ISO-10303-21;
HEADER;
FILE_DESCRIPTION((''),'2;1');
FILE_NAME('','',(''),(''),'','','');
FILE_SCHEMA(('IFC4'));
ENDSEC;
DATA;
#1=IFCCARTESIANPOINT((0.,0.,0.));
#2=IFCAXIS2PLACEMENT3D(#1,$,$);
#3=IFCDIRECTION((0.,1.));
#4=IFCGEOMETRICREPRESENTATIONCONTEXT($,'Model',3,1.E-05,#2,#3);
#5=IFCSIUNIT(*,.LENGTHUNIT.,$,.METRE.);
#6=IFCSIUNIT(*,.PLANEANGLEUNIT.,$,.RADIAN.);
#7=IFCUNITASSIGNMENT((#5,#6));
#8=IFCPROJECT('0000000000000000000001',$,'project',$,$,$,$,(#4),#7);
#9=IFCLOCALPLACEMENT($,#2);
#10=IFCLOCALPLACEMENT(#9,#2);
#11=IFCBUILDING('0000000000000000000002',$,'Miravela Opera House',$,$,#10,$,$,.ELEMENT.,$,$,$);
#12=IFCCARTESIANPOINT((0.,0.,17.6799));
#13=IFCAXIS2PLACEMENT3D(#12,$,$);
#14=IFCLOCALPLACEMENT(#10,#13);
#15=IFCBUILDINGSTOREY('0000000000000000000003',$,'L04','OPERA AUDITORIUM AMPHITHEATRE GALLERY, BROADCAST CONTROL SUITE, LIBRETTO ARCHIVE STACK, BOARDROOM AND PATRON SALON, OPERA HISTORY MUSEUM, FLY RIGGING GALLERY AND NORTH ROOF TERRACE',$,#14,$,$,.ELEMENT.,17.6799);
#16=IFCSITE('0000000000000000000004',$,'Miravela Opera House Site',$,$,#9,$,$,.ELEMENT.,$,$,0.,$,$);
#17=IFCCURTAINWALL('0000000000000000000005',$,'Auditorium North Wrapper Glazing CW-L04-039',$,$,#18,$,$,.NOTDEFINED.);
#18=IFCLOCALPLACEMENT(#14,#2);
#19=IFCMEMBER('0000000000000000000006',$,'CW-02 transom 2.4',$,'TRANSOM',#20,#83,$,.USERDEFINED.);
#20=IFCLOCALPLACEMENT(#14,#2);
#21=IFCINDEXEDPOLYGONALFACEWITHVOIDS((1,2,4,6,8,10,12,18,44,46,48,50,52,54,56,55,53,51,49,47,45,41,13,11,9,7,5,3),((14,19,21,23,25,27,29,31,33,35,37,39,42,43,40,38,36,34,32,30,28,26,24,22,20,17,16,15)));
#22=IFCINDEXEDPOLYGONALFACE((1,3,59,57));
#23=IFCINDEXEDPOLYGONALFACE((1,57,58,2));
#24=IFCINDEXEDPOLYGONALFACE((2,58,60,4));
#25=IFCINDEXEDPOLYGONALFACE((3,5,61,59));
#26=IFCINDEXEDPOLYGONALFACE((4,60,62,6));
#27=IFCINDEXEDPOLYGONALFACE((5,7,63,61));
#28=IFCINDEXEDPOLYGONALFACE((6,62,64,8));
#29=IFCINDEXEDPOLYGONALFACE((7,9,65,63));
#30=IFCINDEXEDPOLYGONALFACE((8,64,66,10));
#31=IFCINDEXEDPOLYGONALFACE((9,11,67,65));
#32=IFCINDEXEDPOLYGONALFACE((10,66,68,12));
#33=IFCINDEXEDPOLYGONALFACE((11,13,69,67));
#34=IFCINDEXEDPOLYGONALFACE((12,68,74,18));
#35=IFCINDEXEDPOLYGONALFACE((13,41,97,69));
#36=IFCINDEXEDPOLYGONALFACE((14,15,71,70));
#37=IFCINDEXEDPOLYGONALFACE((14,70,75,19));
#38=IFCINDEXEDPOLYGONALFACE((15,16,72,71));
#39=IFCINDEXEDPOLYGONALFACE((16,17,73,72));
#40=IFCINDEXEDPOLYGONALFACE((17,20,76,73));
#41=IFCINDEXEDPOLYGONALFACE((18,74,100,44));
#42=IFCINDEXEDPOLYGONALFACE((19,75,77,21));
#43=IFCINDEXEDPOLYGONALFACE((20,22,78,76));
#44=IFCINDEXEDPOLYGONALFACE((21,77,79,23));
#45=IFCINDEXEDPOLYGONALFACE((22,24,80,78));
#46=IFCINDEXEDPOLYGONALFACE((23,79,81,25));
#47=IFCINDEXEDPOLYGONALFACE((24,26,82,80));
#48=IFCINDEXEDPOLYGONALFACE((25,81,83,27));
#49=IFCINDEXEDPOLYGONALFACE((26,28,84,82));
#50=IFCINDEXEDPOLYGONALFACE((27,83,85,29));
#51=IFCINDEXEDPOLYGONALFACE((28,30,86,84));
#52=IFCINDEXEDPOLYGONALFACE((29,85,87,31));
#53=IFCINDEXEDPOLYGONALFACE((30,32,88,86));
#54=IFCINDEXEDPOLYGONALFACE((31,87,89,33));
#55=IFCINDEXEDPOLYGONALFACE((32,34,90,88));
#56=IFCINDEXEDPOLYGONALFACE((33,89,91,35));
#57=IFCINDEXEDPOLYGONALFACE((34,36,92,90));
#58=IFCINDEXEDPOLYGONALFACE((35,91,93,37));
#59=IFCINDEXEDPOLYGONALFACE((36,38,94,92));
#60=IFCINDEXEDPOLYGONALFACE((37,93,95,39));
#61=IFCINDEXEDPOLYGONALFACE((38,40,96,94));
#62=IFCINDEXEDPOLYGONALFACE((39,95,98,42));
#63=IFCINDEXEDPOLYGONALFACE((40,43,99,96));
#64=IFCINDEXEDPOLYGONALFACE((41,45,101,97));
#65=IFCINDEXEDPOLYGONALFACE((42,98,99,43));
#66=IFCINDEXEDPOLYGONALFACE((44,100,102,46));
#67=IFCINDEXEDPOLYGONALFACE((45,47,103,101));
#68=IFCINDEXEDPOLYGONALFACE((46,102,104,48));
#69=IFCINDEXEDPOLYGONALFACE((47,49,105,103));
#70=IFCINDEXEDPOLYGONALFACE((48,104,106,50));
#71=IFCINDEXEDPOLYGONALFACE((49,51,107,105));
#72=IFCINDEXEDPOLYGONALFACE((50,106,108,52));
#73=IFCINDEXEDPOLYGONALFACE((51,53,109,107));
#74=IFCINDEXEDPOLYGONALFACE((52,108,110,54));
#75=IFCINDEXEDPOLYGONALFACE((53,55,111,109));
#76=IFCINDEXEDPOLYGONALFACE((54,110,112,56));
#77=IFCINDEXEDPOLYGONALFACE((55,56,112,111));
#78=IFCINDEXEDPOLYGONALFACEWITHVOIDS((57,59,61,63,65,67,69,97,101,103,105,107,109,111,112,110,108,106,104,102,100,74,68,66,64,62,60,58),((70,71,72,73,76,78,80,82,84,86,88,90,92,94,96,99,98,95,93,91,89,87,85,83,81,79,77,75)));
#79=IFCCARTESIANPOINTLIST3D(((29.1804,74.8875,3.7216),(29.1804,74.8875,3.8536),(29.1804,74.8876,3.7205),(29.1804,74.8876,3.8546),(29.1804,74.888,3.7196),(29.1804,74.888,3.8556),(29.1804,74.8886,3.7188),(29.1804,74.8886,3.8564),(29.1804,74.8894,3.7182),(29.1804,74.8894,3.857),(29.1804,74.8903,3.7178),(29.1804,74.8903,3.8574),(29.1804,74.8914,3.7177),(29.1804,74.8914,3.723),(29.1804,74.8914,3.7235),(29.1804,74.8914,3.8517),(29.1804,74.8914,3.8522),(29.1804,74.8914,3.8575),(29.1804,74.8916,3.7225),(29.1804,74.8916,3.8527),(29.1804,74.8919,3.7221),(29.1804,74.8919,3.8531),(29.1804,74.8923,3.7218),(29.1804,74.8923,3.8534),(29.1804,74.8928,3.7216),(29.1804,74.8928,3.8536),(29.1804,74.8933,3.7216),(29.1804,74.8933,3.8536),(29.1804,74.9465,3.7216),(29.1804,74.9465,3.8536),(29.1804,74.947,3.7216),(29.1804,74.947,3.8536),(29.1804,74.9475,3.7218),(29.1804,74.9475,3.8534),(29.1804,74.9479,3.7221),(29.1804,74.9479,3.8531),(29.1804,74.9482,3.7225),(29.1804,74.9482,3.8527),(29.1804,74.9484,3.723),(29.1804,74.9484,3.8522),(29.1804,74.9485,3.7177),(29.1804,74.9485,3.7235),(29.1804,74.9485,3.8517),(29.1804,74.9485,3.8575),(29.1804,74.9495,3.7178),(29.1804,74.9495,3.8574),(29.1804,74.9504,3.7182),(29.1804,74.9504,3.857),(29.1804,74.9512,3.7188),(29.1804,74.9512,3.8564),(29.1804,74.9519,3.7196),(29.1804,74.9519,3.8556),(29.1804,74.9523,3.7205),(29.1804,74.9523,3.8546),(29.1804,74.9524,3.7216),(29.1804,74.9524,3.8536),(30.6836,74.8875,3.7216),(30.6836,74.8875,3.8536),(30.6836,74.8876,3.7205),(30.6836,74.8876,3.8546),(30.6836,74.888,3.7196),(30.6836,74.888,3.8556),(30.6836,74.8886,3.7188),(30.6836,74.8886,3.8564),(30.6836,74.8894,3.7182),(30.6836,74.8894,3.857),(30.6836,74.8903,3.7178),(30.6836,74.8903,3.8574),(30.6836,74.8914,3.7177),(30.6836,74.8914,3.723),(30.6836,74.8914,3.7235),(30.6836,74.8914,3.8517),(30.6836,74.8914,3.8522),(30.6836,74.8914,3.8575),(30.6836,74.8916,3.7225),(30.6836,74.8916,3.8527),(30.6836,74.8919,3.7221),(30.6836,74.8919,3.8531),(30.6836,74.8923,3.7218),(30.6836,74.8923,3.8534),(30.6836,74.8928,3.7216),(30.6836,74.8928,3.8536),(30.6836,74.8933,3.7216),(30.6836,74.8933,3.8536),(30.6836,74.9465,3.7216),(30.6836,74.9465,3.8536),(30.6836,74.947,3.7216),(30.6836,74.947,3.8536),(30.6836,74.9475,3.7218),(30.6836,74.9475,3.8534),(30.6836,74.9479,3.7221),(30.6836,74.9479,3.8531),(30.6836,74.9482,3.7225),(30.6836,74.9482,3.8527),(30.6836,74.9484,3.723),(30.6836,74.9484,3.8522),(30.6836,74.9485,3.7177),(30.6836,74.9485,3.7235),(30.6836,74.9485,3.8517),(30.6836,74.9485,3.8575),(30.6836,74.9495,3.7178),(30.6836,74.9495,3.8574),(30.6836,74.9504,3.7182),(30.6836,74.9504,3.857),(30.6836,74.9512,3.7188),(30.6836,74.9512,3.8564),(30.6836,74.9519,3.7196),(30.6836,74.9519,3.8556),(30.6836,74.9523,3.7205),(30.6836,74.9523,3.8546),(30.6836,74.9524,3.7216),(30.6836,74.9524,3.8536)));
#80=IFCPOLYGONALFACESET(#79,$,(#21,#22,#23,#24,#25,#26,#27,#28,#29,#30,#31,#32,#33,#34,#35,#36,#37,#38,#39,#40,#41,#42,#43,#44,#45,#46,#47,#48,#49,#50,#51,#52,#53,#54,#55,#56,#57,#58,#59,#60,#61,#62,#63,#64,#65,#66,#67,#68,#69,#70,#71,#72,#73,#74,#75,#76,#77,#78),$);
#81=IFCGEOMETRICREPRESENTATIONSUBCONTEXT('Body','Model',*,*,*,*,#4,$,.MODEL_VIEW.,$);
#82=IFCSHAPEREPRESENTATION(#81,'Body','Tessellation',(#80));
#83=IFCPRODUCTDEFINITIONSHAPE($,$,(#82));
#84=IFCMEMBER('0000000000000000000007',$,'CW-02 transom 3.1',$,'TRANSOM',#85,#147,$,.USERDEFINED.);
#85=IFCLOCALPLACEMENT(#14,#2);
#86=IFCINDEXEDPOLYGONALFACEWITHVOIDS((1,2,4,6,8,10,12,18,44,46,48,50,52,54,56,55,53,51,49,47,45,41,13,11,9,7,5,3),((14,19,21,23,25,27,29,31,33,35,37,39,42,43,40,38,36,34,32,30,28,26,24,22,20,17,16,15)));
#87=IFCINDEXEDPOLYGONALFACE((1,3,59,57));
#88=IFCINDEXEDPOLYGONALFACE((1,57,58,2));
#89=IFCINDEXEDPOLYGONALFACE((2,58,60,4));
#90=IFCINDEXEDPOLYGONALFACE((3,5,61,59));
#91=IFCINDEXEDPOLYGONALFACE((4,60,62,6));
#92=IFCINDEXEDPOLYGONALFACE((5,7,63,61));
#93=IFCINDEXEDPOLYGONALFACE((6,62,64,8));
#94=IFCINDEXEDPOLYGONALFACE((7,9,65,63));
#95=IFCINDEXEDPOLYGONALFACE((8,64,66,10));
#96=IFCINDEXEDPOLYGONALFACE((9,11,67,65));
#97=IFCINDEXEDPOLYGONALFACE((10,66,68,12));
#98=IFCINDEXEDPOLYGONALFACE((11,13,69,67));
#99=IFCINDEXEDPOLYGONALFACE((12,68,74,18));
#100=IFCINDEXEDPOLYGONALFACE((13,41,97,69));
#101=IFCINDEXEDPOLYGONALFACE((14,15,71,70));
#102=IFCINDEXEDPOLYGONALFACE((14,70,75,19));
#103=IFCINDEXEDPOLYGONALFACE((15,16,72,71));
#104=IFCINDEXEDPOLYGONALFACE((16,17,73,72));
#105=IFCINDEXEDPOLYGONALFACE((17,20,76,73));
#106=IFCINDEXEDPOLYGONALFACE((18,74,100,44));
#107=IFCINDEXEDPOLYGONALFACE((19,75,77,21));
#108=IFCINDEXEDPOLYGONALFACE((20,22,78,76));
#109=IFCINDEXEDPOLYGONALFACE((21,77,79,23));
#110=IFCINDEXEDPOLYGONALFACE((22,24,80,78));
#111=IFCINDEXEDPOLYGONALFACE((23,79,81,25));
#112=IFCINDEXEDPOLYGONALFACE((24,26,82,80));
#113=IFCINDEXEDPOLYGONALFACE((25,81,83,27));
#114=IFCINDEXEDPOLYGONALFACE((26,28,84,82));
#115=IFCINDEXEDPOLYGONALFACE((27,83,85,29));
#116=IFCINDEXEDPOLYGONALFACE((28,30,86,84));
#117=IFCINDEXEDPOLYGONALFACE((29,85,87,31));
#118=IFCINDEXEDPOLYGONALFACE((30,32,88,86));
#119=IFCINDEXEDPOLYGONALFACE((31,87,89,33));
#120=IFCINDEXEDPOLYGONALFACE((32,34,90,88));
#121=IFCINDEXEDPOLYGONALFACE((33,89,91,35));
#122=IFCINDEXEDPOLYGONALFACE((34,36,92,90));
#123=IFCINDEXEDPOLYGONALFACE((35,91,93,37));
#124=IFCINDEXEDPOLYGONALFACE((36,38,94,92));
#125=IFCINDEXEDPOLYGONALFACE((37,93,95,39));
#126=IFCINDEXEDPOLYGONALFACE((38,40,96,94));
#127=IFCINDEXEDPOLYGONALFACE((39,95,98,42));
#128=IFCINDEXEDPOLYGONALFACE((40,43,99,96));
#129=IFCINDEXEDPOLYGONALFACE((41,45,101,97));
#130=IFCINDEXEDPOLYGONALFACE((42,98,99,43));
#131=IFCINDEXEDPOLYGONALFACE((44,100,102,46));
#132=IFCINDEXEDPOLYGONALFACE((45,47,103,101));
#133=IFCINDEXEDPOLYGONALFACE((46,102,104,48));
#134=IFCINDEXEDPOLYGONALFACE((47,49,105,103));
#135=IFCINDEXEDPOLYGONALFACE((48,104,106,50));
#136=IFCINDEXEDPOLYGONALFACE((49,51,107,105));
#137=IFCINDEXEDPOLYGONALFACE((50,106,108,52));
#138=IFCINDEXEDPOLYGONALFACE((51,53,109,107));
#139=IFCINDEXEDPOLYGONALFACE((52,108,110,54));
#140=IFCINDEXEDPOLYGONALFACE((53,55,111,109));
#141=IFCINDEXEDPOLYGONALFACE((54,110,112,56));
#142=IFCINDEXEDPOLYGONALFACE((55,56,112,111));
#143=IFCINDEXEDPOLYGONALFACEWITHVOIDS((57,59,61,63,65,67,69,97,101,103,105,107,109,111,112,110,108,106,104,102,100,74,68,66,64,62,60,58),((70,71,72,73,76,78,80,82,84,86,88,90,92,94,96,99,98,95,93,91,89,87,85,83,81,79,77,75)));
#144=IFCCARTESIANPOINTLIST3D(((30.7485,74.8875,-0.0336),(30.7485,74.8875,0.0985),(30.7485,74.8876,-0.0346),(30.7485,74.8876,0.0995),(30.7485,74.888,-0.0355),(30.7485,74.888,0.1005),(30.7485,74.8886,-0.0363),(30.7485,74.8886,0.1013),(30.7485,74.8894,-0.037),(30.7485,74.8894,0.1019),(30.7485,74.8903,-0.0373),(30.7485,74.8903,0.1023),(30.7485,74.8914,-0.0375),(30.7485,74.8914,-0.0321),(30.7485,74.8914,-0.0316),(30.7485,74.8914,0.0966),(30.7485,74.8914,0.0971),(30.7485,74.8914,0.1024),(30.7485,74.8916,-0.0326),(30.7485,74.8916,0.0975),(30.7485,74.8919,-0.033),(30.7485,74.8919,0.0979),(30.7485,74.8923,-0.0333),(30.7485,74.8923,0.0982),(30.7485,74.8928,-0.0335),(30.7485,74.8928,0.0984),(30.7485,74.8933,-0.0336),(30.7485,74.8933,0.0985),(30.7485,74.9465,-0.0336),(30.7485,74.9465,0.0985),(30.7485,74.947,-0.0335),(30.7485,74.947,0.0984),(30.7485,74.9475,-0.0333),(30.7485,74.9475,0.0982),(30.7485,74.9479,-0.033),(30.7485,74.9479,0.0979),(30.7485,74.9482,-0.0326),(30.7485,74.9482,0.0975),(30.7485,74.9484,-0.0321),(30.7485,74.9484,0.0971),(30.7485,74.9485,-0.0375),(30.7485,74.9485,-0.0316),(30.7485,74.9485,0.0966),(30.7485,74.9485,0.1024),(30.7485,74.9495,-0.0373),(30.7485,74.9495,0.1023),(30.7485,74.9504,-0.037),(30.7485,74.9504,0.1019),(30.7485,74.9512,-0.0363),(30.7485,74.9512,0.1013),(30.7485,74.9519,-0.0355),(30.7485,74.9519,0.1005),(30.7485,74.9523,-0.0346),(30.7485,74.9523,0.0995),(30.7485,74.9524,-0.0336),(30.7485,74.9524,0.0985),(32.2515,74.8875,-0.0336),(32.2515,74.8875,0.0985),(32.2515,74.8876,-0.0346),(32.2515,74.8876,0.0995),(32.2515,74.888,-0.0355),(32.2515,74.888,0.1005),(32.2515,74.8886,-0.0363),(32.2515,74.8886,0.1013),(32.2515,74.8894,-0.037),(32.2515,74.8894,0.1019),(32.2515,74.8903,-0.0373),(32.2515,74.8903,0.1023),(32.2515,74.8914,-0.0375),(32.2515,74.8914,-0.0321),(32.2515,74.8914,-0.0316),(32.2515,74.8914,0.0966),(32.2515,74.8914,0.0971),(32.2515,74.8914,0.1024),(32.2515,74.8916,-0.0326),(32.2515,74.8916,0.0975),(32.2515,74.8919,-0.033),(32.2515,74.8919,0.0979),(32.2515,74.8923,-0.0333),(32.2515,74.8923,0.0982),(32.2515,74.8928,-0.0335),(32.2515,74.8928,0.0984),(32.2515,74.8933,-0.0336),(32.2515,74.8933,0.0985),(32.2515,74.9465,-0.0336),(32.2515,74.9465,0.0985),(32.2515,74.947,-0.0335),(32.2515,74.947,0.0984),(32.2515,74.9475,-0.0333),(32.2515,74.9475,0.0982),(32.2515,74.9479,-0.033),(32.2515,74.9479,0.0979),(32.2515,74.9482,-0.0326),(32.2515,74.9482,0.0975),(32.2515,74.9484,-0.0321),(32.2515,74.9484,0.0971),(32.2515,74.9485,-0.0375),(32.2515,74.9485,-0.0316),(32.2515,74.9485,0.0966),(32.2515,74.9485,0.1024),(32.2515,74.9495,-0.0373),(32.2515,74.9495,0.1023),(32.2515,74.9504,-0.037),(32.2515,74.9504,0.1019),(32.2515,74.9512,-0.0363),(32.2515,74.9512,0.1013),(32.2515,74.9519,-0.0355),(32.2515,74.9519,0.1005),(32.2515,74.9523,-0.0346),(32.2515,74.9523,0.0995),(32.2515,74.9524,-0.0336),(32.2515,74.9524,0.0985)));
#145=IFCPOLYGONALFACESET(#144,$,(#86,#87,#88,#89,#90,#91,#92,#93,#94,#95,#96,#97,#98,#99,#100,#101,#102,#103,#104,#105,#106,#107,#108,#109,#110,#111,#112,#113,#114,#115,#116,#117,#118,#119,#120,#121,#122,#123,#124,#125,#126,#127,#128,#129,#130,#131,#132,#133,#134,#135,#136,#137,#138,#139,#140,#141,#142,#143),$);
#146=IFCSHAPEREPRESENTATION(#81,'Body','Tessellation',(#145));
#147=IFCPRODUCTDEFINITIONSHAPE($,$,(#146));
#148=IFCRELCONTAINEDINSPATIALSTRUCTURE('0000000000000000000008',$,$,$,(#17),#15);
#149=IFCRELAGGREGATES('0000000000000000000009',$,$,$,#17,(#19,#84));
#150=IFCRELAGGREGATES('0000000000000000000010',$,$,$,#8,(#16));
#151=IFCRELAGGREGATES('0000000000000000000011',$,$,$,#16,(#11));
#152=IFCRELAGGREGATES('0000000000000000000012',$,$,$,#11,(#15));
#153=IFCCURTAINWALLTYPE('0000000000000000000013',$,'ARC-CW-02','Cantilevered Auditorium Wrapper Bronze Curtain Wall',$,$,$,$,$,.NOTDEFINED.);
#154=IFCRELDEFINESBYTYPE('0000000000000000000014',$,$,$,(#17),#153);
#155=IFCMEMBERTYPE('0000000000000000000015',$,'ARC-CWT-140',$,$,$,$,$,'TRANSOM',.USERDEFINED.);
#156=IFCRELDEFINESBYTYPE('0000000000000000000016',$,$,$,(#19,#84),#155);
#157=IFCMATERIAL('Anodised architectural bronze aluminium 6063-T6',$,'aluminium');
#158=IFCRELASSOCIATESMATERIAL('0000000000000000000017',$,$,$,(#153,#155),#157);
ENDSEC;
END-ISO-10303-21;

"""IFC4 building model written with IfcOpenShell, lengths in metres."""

from ifc_helpers import new_model, si_unit, direction, frame, origin, origin_2d, place, context, subcontext, project, spatial, hollow_rectangle, extrude, material, material_profile, profile_set, type_object, element, aggregate, save


model = new_model("IFC4")

# Units and contexts
model_context = context("Model", 3, precision=1e-05, world=origin(), true_north=direction((0.0, 1.0)))
body_context = subcontext(model_context, "Body", "Model", "MODEL_VIEW")
ifc_project = project(units=[si_unit("LENGTHUNIT", "METRE"), si_unit("PLANEANGLEUNIT", "RADIAN")], contexts=[model_context])

# Site, building, storey
site_placement = place(None, origin())
site = spatial("IfcSite", under=ifc_project, at=site_placement, Name="Miravela Opera House Site", CompositionType="ELEMENT", RefElevation=0.0)
building_placement = place(site_placement, origin())
building = spatial("IfcBuilding", under=site, at=building_placement, Name="Miravela Opera House", CompositionType="ELEMENT")
storey_placement = place(building_placement, frame((0.0, 0.0, 17.6799)))
storey = spatial("IfcBuildingStorey", under=building, at=storey_placement, Name="L04", Description="OPERA AUDITORIUM AMPHITHEATRE GALLERY, BROADCAST CONTROL SUITE, LIBRETTO ARCHIVE STACK, BOARDROOM AND PATRON SALON, OPERA HISTORY MUSEUM, FLY RIGGING GALLERY AND NORTH ROOF TERRACE", CompositionType="ELEMENT", Elevation=17.6799)

# Shared definitions
ifc_material_1 = material(Name="Anodised architectural bronze aluminium 6063-T6", Category="aluminium")
curtain_wall_type = type_object("IfcCurtainWallType", Name="ARC-CW-02", Description="Cantilevered Auditorium Wrapper Bronze Curtain Wall", PredefinedType="NOTDEFINED", material=ifc_material_1)

# Curtain wall
curtain_wall_1_placement = place(storey_placement, origin())
curtain_wall_1 = element("IfcCurtainWall", 1, at=curtain_wall_1_placement, inside=storey, type_object=curtain_wall_type, Name="Auditorium North Wrapper Glazing CW-L04-039", PredefinedType="NOTDEFINED")

# Members
ifc_material_profile_1 = material_profile(ifc_material_1, hollow_rectangle(XDim=0.0649, YDim=0.1399, WallThickness=0.0039, InnerFilletRadius=0.002, OuterFilletRadius=0.0039, at=origin_2d()), Name="CWT-65X140")
ifc_profile_set_1 = profile_set([ifc_material_profile_1])
member_type_1 = type_object("IfcMemberType", Name="ARC-CWT-140", ElementType="TRANSOM", PredefinedType="USERDEFINED", material=ifc_profile_set_1)
member_1_placement = place(storey_placement, frame((29.1804, 74.9199, 3.7876), z_axis=(1.0, 0.0, 0.0), x_axis=(0.0, 1.0, 0.0)))
member_1 = element("IfcMember", 2, at=member_1_placement, type_object=member_type_1, Name="CW-02 transom 2.4", ObjectType="TRANSOM", PredefinedType="USERDEFINED", context=body_context, shape_type="SweptSolid", body=[
    extrude(hollow_rectangle(XDim=0.0649, YDim=0.1399, WallThickness=0.0039, InnerFilletRadius=0.002, OuterFilletRadius=0.0039, at=origin_2d()), origin(), (0.0, 0.0, 1.0), 1.5032),
])
member_2_placement = place(storey_placement, frame((30.7485, 74.9199, 0.0325), z_axis=(1.0, 0.0, 0.0), x_axis=(0.0, 1.0, 0.0)))
member_2 = element("IfcMember", 3, at=member_2_placement, type_object=member_type_1, Name="CW-02 transom 3.1", ObjectType="TRANSOM", PredefinedType="USERDEFINED", context=body_context, shape_type="SweptSolid", body=[
    extrude(hollow_rectangle(XDim=0.0649, YDim=0.1399, WallThickness=0.0039, InnerFilletRadius=0.002, OuterFilletRadius=0.0039, at=origin_2d()), origin(), (0.0, 0.0, 1.0), 1.5029),
])

aggregate(curtain_wall_1, [member_1, member_2])

save(model, "model.ifc")
